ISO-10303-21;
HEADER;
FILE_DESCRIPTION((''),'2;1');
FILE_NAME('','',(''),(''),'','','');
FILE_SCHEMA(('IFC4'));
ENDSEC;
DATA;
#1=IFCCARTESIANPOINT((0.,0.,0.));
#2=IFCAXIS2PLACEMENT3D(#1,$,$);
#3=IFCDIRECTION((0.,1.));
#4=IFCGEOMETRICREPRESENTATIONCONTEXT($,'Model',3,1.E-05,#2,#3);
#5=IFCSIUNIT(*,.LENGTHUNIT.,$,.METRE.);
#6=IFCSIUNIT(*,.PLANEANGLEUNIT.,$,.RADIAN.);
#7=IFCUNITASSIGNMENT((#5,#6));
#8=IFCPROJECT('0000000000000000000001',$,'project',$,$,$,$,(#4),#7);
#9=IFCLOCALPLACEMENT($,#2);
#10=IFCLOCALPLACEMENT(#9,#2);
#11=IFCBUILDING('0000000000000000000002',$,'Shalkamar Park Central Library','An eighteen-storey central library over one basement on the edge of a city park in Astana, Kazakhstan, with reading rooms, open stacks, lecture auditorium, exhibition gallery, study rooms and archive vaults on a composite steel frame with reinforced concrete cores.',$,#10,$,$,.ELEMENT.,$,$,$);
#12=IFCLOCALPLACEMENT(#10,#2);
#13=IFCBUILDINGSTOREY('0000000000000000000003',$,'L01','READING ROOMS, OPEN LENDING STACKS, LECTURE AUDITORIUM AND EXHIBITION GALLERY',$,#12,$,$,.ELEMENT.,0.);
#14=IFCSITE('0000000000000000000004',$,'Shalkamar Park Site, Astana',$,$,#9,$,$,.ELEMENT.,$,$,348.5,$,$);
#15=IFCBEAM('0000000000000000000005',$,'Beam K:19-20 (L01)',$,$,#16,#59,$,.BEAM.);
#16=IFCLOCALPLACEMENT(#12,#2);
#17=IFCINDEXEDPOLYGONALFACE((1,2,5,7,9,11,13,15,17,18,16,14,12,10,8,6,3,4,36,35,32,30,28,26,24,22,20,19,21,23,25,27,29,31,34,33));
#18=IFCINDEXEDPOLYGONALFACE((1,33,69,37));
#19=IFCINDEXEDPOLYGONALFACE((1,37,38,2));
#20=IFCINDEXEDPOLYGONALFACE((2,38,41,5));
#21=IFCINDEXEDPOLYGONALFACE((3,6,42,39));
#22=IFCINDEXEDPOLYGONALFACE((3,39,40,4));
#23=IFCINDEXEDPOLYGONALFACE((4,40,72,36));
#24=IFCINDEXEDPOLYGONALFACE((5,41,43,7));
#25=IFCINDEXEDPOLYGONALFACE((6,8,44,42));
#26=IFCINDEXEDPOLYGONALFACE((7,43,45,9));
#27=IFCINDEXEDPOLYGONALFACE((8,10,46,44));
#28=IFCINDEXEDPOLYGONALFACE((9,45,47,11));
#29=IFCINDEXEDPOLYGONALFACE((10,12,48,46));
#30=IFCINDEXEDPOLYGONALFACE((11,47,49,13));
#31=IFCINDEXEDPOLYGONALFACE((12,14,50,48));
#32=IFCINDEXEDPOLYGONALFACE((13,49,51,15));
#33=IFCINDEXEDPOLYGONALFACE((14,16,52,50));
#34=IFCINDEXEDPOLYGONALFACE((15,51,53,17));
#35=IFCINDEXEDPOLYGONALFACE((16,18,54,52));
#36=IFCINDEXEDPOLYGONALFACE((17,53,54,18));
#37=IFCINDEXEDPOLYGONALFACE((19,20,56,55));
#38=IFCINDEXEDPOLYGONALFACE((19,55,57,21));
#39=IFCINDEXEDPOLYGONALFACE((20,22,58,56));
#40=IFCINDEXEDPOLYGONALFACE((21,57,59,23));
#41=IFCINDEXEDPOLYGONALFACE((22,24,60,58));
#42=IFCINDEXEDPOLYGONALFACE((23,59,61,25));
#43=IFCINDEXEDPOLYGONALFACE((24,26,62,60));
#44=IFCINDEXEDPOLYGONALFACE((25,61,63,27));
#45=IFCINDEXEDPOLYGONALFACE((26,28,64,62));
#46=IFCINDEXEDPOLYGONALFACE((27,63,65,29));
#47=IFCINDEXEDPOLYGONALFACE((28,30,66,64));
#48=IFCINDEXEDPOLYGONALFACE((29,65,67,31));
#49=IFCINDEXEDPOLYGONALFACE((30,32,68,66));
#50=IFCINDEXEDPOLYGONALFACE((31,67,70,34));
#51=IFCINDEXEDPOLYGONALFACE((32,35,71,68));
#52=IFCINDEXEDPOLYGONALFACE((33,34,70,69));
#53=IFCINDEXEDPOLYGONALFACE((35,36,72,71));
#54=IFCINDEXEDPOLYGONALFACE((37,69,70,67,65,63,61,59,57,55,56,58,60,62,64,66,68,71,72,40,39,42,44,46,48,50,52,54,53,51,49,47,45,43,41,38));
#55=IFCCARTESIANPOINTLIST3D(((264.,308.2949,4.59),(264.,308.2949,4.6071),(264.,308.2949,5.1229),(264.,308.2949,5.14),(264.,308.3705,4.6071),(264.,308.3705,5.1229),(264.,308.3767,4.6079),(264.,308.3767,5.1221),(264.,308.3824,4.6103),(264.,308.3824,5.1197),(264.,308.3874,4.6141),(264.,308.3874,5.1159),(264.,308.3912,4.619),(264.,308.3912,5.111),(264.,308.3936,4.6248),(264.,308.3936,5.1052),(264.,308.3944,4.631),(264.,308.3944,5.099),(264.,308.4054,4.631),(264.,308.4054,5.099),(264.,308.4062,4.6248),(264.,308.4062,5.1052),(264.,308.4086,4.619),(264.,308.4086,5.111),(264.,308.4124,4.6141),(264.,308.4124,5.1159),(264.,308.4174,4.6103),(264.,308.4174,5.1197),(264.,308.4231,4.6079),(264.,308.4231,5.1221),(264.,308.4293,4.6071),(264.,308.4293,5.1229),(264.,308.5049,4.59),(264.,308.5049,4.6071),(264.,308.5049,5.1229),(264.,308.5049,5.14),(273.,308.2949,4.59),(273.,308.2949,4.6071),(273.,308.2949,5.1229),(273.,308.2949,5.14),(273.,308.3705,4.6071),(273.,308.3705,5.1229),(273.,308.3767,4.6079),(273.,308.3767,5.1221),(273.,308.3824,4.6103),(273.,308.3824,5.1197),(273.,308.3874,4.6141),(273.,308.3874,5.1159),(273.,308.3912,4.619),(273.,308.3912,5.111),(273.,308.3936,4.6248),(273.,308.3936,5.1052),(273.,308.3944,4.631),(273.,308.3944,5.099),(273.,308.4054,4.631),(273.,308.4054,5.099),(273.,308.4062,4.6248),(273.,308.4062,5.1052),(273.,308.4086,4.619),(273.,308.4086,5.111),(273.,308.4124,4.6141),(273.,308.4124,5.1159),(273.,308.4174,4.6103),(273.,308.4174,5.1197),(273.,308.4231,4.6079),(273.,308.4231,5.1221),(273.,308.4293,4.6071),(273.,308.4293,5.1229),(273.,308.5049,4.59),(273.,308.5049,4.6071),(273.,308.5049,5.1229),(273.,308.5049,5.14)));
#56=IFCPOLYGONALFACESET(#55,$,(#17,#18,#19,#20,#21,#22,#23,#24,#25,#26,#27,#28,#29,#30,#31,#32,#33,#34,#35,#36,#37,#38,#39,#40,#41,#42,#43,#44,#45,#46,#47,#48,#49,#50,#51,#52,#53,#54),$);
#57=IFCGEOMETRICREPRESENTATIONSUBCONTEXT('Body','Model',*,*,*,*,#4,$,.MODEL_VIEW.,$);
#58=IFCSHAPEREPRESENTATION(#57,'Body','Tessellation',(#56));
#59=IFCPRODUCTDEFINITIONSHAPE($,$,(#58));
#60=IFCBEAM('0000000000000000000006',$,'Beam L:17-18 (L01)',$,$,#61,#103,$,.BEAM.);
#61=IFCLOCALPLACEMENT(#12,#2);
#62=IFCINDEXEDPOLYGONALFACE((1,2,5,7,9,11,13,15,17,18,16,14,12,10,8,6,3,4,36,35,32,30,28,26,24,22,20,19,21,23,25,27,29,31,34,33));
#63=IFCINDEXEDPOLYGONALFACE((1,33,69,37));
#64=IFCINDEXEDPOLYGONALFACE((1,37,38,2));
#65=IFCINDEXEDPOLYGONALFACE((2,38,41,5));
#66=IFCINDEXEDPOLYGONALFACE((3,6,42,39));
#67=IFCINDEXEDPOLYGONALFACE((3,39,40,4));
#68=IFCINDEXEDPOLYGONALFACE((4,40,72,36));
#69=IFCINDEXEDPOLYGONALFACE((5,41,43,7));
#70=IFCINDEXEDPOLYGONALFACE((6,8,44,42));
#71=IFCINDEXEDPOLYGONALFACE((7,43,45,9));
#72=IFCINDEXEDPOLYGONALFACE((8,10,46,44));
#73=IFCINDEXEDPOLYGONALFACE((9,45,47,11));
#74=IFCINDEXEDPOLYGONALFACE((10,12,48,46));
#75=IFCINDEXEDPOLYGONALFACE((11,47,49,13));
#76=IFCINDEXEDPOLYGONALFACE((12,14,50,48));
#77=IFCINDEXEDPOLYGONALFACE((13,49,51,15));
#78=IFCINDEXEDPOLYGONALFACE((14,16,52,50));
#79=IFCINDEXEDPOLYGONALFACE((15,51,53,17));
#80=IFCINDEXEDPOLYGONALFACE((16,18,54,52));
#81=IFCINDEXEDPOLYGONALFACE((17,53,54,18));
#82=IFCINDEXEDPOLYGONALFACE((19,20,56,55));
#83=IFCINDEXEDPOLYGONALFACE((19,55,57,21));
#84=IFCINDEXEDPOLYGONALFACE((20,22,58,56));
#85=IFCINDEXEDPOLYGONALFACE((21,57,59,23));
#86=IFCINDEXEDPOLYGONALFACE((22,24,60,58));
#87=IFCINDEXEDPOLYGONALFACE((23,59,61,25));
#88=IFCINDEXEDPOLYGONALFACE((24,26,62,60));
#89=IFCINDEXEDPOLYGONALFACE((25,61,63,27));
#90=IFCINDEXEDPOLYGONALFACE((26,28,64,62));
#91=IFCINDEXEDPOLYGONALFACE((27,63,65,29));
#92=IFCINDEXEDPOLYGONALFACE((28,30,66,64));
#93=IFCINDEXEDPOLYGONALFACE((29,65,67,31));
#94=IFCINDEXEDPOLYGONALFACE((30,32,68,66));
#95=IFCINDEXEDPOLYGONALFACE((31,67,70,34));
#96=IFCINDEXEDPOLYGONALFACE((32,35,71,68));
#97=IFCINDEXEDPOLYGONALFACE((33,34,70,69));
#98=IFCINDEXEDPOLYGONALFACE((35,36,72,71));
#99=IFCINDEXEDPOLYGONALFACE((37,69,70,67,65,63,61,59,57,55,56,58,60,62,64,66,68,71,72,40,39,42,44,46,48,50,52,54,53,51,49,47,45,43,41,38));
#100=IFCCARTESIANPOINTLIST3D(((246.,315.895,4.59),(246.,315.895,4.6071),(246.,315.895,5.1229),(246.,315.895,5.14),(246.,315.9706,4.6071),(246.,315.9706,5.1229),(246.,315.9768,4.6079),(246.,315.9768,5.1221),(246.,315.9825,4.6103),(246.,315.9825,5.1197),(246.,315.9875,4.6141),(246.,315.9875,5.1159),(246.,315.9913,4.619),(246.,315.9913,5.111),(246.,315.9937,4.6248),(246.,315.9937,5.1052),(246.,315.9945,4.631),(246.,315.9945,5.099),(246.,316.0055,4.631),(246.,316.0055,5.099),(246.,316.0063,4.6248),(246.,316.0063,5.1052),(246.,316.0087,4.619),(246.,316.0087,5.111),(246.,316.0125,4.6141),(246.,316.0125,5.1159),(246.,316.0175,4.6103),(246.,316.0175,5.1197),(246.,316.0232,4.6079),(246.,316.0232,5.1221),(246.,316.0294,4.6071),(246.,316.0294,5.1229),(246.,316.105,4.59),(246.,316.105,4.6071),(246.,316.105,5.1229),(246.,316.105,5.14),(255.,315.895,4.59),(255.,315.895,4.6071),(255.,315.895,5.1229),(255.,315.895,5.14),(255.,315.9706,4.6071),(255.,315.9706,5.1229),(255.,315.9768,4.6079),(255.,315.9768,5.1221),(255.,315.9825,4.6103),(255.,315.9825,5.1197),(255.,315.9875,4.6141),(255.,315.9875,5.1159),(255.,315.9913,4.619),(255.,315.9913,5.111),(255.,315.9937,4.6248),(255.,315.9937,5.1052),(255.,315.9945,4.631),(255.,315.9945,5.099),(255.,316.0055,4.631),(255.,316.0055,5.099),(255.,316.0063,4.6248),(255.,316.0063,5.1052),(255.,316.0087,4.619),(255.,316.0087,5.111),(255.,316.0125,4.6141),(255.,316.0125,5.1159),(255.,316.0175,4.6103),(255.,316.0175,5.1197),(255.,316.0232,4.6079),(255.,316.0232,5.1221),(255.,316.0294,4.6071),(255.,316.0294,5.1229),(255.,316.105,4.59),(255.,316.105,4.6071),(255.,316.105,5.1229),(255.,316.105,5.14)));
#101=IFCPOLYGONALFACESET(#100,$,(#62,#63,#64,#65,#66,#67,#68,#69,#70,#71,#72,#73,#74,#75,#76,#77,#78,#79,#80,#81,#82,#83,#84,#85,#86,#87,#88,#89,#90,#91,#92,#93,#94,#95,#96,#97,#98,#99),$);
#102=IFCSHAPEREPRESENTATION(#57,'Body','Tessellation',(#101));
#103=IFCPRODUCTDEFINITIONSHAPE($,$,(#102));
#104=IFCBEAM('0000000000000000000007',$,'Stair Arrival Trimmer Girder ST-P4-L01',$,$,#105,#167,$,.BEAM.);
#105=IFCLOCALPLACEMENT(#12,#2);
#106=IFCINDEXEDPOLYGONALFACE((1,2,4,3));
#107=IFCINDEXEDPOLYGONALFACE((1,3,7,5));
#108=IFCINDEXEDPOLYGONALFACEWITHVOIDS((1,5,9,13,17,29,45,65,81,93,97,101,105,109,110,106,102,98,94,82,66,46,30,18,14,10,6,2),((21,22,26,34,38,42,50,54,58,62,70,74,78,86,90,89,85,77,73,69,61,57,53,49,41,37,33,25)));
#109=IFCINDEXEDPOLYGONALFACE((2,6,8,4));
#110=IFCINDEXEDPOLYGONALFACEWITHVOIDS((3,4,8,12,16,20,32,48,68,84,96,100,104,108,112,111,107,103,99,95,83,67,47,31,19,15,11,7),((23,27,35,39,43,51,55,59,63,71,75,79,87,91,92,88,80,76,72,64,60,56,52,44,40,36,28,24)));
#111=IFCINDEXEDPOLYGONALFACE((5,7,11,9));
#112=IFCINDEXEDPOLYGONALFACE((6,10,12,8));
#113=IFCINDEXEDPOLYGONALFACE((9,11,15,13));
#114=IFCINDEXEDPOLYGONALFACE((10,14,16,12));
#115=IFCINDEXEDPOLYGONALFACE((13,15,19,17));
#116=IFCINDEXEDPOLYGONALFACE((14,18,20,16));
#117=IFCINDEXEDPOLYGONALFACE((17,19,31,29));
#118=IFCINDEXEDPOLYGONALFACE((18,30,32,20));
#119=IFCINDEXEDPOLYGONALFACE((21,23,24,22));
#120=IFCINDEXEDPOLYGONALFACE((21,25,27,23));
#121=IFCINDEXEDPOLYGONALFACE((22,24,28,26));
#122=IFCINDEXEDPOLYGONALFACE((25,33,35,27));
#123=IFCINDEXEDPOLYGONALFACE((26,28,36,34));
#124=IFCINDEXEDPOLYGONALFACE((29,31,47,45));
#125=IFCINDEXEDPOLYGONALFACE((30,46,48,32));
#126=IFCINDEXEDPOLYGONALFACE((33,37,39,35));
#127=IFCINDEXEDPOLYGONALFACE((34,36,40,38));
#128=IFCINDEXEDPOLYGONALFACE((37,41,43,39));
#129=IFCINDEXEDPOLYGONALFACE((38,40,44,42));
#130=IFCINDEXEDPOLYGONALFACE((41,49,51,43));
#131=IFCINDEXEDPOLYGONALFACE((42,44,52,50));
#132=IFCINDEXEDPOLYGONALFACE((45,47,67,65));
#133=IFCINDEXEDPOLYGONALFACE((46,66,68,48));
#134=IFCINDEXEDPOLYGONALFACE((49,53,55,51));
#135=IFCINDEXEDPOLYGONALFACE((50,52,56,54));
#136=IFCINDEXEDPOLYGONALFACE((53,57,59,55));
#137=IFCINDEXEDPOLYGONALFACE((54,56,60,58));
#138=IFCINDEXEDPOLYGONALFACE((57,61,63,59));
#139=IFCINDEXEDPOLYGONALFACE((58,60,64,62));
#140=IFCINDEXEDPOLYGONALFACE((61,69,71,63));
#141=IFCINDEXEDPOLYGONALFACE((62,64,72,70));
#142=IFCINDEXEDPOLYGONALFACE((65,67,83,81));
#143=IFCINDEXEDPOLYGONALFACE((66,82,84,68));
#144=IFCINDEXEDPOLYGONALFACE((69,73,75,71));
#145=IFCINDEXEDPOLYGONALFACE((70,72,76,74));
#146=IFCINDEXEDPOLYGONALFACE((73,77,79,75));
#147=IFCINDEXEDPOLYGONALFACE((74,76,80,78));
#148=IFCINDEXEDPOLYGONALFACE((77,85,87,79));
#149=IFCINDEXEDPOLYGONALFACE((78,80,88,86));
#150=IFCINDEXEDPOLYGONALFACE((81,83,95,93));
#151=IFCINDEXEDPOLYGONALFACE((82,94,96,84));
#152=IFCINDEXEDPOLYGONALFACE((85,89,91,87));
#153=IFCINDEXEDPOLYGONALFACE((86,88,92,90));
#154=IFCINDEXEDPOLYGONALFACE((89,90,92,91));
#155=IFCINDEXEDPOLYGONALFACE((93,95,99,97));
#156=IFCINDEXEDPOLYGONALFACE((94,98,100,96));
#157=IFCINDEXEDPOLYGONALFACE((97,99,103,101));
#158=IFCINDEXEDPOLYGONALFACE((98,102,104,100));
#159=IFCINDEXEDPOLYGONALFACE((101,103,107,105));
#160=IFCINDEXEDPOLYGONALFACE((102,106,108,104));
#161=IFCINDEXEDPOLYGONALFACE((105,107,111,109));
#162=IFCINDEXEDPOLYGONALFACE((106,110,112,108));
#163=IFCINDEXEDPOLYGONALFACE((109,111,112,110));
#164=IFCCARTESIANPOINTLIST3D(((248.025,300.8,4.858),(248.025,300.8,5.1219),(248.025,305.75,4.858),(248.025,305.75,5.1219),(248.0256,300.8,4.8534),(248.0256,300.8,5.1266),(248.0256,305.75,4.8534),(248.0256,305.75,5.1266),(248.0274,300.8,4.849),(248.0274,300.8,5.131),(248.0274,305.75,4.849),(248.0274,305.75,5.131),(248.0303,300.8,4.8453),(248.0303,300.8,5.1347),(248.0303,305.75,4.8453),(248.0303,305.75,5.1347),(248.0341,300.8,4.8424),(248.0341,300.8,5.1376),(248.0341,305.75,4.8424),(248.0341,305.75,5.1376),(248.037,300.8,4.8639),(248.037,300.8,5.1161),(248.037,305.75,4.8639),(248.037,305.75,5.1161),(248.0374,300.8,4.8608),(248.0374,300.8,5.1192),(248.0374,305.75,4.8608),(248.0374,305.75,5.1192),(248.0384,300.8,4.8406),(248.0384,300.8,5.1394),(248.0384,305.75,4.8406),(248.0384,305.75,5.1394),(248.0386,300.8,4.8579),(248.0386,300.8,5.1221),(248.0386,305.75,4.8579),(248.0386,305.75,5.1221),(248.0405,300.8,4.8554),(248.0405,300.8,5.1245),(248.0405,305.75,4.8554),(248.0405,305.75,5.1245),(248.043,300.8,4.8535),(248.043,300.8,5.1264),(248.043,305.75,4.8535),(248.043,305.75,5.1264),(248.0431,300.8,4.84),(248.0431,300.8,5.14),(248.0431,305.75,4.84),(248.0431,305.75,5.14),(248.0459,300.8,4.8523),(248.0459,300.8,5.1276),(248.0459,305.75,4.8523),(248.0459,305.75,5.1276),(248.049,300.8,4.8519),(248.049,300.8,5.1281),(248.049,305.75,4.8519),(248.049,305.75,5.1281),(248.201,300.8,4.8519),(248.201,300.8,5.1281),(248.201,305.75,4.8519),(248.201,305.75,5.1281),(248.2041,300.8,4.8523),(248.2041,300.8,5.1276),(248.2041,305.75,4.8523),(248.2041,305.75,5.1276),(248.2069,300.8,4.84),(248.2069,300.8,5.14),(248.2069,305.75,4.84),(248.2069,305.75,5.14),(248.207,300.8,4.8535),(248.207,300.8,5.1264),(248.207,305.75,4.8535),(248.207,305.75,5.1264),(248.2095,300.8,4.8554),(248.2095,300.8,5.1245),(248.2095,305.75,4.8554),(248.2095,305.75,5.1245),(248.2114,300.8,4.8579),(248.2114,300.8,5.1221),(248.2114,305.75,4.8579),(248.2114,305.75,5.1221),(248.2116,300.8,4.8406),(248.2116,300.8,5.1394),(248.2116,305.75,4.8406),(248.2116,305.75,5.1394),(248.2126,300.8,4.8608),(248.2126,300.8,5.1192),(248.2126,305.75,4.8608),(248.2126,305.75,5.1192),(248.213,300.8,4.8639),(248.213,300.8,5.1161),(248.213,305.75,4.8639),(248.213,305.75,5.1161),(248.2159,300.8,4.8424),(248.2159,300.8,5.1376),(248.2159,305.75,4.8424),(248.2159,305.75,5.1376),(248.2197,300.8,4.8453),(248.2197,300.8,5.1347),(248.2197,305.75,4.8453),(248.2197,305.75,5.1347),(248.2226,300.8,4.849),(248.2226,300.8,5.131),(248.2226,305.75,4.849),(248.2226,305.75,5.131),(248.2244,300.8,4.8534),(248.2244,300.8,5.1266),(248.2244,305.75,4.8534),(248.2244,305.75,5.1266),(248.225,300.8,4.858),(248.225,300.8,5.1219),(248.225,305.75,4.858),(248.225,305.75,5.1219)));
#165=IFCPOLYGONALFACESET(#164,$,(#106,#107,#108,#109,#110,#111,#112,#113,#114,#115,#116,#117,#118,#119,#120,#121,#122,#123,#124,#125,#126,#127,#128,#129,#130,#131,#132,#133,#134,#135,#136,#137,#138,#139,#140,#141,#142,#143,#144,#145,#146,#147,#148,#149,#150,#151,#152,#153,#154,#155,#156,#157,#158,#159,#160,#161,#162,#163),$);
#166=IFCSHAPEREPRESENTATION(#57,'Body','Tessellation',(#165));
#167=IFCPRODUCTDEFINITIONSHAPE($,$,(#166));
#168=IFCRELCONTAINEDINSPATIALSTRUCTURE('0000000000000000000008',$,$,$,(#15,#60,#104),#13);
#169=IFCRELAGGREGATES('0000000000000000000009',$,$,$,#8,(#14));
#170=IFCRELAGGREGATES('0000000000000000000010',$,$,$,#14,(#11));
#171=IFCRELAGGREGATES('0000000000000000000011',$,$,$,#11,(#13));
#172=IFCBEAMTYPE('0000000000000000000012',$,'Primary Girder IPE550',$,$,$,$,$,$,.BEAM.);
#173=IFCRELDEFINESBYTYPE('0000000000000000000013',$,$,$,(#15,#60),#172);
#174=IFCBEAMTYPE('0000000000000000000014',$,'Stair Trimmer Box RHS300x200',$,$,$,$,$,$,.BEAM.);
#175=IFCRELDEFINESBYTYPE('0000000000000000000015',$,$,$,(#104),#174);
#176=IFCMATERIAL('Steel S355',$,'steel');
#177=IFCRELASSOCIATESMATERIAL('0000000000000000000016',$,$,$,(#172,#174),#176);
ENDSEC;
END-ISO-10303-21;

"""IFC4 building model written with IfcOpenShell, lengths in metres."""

from ifc_helpers import new_model, si_unit, direction, frame, origin, origin_2d, place, context, subcontext, project, spatial, hollow_rectangle, i_section, extrude, material, material_profile, profile_set, type_object, element, save


model = new_model("IFC4")

# Units and contexts
model_context = context("Model", 3, precision=1e-05, world=origin(), true_north=direction((0.0, 1.0)))
body_context = subcontext(model_context, "Body", "Model", "MODEL_VIEW")
ifc_project = project(units=[si_unit("LENGTHUNIT", "METRE"), si_unit("PLANEANGLEUNIT", "RADIAN")], contexts=[model_context])

# Site, building, storey
site_placement = place(None, origin())
site = spatial("IfcSite", under=ifc_project, at=site_placement, Name="Shalkamar Park Site, Astana", CompositionType="ELEMENT", RefElevation=348.5)
building_placement = place(site_placement, origin())
building = spatial("IfcBuilding", under=site, at=building_placement, Name="Shalkamar Park Central Library", Description="An eighteen-storey central library over one basement on the edge of a city park in Astana, Kazakhstan, with reading rooms, open stacks, lecture auditorium, exhibition gallery, study rooms and archive vaults on a composite steel frame with reinforced concrete cores.", CompositionType="ELEMENT")
storey_placement = place(building_placement, origin())
storey = spatial("IfcBuildingStorey", under=building, at=storey_placement, Name="L01", Description="READING ROOMS, OPEN LENDING STACKS, LECTURE AUDITORIUM AND EXHIBITION GALLERY", CompositionType="ELEMENT", Elevation=0.0)

# Shared definitions
ifc_material_1 = material(Name="Steel S355", Category="steel")

# Beams
ifc_material_profile_1 = material_profile(ifc_material_1, i_section(OverallWidth=0.21, OverallDepth=0.55, WebThickness=0.011, FlangeThickness=0.0171, FilletRadius=0.0239, at=origin_2d()), Name="IPE 550")
ifc_profile_set_1 = profile_set([ifc_material_profile_1], Name="Steel S355")
beam_type_1 = type_object("IfcBeamType", Name="Primary Girder IPE550", PredefinedType="BEAM", material=ifc_profile_set_1)
for number, where, z_axis, x_axis, name in (
    (1, (264.0, 308.3999, 4.865), (1.0, 0.0, 0.0), (0.0, 1.0, 0.0), "Beam K:19-20 (L01)"),
    (2, (246.0, 316.0, 4.865), (1.0, 0.0, 0.0), (0.0, 1.0, 0.0), "Beam L:17-18 (L01)"),
):
    element("IfcBeam", number, at=place(storey_placement, frame(where, z_axis=z_axis, x_axis=x_axis)), inside=storey, type_object=beam_type_1, Name=name, PredefinedType="BEAM", context=body_context, shape_type="SweptSolid", body=[
        extrude(i_section(OverallWidth=0.21, OverallDepth=0.55, WebThickness=0.011, FlangeThickness=0.0171, FilletRadius=0.0239, at=origin_2d()), origin(), (0.0, 0.0, 1.0), 9.0),
    ])
ifc_material_profile_2 = material_profile(ifc_material_1, hollow_rectangle(XDim=0.2, YDim=0.3, WallThickness=0.012, InnerFilletRadius=0.012, OuterFilletRadius=0.0181, at=origin_2d()), Name="RHS 300x200x12")
ifc_profile_set_2 = profile_set([ifc_material_profile_2], Name="Steel S355")
beam_type_2 = type_object("IfcBeamType", Name="Stair Trimmer Box RHS300x200", PredefinedType="BEAM", material=ifc_profile_set_2)
beam_1_placement = place(storey_placement, frame((248.125, 300.8, 4.99), z_axis=(0.0, 1.0, 0.0), x_axis=(-1.0, 0.0, 0.0)))
element("IfcBeam", 3, at=beam_1_placement, inside=storey, type_object=beam_type_2, Name="Stair Arrival Trimmer Girder ST-P4-L01", PredefinedType="BEAM", context=body_context, shape_type="SweptSolid", body=[
    extrude(hollow_rectangle(XDim=0.2, YDim=0.3, WallThickness=0.012, InnerFilletRadius=0.012, OuterFilletRadius=0.0181, at=origin_2d()), origin(), (0.0, 0.0, 1.0), 4.95),
])

save(model, "model.ifc")
